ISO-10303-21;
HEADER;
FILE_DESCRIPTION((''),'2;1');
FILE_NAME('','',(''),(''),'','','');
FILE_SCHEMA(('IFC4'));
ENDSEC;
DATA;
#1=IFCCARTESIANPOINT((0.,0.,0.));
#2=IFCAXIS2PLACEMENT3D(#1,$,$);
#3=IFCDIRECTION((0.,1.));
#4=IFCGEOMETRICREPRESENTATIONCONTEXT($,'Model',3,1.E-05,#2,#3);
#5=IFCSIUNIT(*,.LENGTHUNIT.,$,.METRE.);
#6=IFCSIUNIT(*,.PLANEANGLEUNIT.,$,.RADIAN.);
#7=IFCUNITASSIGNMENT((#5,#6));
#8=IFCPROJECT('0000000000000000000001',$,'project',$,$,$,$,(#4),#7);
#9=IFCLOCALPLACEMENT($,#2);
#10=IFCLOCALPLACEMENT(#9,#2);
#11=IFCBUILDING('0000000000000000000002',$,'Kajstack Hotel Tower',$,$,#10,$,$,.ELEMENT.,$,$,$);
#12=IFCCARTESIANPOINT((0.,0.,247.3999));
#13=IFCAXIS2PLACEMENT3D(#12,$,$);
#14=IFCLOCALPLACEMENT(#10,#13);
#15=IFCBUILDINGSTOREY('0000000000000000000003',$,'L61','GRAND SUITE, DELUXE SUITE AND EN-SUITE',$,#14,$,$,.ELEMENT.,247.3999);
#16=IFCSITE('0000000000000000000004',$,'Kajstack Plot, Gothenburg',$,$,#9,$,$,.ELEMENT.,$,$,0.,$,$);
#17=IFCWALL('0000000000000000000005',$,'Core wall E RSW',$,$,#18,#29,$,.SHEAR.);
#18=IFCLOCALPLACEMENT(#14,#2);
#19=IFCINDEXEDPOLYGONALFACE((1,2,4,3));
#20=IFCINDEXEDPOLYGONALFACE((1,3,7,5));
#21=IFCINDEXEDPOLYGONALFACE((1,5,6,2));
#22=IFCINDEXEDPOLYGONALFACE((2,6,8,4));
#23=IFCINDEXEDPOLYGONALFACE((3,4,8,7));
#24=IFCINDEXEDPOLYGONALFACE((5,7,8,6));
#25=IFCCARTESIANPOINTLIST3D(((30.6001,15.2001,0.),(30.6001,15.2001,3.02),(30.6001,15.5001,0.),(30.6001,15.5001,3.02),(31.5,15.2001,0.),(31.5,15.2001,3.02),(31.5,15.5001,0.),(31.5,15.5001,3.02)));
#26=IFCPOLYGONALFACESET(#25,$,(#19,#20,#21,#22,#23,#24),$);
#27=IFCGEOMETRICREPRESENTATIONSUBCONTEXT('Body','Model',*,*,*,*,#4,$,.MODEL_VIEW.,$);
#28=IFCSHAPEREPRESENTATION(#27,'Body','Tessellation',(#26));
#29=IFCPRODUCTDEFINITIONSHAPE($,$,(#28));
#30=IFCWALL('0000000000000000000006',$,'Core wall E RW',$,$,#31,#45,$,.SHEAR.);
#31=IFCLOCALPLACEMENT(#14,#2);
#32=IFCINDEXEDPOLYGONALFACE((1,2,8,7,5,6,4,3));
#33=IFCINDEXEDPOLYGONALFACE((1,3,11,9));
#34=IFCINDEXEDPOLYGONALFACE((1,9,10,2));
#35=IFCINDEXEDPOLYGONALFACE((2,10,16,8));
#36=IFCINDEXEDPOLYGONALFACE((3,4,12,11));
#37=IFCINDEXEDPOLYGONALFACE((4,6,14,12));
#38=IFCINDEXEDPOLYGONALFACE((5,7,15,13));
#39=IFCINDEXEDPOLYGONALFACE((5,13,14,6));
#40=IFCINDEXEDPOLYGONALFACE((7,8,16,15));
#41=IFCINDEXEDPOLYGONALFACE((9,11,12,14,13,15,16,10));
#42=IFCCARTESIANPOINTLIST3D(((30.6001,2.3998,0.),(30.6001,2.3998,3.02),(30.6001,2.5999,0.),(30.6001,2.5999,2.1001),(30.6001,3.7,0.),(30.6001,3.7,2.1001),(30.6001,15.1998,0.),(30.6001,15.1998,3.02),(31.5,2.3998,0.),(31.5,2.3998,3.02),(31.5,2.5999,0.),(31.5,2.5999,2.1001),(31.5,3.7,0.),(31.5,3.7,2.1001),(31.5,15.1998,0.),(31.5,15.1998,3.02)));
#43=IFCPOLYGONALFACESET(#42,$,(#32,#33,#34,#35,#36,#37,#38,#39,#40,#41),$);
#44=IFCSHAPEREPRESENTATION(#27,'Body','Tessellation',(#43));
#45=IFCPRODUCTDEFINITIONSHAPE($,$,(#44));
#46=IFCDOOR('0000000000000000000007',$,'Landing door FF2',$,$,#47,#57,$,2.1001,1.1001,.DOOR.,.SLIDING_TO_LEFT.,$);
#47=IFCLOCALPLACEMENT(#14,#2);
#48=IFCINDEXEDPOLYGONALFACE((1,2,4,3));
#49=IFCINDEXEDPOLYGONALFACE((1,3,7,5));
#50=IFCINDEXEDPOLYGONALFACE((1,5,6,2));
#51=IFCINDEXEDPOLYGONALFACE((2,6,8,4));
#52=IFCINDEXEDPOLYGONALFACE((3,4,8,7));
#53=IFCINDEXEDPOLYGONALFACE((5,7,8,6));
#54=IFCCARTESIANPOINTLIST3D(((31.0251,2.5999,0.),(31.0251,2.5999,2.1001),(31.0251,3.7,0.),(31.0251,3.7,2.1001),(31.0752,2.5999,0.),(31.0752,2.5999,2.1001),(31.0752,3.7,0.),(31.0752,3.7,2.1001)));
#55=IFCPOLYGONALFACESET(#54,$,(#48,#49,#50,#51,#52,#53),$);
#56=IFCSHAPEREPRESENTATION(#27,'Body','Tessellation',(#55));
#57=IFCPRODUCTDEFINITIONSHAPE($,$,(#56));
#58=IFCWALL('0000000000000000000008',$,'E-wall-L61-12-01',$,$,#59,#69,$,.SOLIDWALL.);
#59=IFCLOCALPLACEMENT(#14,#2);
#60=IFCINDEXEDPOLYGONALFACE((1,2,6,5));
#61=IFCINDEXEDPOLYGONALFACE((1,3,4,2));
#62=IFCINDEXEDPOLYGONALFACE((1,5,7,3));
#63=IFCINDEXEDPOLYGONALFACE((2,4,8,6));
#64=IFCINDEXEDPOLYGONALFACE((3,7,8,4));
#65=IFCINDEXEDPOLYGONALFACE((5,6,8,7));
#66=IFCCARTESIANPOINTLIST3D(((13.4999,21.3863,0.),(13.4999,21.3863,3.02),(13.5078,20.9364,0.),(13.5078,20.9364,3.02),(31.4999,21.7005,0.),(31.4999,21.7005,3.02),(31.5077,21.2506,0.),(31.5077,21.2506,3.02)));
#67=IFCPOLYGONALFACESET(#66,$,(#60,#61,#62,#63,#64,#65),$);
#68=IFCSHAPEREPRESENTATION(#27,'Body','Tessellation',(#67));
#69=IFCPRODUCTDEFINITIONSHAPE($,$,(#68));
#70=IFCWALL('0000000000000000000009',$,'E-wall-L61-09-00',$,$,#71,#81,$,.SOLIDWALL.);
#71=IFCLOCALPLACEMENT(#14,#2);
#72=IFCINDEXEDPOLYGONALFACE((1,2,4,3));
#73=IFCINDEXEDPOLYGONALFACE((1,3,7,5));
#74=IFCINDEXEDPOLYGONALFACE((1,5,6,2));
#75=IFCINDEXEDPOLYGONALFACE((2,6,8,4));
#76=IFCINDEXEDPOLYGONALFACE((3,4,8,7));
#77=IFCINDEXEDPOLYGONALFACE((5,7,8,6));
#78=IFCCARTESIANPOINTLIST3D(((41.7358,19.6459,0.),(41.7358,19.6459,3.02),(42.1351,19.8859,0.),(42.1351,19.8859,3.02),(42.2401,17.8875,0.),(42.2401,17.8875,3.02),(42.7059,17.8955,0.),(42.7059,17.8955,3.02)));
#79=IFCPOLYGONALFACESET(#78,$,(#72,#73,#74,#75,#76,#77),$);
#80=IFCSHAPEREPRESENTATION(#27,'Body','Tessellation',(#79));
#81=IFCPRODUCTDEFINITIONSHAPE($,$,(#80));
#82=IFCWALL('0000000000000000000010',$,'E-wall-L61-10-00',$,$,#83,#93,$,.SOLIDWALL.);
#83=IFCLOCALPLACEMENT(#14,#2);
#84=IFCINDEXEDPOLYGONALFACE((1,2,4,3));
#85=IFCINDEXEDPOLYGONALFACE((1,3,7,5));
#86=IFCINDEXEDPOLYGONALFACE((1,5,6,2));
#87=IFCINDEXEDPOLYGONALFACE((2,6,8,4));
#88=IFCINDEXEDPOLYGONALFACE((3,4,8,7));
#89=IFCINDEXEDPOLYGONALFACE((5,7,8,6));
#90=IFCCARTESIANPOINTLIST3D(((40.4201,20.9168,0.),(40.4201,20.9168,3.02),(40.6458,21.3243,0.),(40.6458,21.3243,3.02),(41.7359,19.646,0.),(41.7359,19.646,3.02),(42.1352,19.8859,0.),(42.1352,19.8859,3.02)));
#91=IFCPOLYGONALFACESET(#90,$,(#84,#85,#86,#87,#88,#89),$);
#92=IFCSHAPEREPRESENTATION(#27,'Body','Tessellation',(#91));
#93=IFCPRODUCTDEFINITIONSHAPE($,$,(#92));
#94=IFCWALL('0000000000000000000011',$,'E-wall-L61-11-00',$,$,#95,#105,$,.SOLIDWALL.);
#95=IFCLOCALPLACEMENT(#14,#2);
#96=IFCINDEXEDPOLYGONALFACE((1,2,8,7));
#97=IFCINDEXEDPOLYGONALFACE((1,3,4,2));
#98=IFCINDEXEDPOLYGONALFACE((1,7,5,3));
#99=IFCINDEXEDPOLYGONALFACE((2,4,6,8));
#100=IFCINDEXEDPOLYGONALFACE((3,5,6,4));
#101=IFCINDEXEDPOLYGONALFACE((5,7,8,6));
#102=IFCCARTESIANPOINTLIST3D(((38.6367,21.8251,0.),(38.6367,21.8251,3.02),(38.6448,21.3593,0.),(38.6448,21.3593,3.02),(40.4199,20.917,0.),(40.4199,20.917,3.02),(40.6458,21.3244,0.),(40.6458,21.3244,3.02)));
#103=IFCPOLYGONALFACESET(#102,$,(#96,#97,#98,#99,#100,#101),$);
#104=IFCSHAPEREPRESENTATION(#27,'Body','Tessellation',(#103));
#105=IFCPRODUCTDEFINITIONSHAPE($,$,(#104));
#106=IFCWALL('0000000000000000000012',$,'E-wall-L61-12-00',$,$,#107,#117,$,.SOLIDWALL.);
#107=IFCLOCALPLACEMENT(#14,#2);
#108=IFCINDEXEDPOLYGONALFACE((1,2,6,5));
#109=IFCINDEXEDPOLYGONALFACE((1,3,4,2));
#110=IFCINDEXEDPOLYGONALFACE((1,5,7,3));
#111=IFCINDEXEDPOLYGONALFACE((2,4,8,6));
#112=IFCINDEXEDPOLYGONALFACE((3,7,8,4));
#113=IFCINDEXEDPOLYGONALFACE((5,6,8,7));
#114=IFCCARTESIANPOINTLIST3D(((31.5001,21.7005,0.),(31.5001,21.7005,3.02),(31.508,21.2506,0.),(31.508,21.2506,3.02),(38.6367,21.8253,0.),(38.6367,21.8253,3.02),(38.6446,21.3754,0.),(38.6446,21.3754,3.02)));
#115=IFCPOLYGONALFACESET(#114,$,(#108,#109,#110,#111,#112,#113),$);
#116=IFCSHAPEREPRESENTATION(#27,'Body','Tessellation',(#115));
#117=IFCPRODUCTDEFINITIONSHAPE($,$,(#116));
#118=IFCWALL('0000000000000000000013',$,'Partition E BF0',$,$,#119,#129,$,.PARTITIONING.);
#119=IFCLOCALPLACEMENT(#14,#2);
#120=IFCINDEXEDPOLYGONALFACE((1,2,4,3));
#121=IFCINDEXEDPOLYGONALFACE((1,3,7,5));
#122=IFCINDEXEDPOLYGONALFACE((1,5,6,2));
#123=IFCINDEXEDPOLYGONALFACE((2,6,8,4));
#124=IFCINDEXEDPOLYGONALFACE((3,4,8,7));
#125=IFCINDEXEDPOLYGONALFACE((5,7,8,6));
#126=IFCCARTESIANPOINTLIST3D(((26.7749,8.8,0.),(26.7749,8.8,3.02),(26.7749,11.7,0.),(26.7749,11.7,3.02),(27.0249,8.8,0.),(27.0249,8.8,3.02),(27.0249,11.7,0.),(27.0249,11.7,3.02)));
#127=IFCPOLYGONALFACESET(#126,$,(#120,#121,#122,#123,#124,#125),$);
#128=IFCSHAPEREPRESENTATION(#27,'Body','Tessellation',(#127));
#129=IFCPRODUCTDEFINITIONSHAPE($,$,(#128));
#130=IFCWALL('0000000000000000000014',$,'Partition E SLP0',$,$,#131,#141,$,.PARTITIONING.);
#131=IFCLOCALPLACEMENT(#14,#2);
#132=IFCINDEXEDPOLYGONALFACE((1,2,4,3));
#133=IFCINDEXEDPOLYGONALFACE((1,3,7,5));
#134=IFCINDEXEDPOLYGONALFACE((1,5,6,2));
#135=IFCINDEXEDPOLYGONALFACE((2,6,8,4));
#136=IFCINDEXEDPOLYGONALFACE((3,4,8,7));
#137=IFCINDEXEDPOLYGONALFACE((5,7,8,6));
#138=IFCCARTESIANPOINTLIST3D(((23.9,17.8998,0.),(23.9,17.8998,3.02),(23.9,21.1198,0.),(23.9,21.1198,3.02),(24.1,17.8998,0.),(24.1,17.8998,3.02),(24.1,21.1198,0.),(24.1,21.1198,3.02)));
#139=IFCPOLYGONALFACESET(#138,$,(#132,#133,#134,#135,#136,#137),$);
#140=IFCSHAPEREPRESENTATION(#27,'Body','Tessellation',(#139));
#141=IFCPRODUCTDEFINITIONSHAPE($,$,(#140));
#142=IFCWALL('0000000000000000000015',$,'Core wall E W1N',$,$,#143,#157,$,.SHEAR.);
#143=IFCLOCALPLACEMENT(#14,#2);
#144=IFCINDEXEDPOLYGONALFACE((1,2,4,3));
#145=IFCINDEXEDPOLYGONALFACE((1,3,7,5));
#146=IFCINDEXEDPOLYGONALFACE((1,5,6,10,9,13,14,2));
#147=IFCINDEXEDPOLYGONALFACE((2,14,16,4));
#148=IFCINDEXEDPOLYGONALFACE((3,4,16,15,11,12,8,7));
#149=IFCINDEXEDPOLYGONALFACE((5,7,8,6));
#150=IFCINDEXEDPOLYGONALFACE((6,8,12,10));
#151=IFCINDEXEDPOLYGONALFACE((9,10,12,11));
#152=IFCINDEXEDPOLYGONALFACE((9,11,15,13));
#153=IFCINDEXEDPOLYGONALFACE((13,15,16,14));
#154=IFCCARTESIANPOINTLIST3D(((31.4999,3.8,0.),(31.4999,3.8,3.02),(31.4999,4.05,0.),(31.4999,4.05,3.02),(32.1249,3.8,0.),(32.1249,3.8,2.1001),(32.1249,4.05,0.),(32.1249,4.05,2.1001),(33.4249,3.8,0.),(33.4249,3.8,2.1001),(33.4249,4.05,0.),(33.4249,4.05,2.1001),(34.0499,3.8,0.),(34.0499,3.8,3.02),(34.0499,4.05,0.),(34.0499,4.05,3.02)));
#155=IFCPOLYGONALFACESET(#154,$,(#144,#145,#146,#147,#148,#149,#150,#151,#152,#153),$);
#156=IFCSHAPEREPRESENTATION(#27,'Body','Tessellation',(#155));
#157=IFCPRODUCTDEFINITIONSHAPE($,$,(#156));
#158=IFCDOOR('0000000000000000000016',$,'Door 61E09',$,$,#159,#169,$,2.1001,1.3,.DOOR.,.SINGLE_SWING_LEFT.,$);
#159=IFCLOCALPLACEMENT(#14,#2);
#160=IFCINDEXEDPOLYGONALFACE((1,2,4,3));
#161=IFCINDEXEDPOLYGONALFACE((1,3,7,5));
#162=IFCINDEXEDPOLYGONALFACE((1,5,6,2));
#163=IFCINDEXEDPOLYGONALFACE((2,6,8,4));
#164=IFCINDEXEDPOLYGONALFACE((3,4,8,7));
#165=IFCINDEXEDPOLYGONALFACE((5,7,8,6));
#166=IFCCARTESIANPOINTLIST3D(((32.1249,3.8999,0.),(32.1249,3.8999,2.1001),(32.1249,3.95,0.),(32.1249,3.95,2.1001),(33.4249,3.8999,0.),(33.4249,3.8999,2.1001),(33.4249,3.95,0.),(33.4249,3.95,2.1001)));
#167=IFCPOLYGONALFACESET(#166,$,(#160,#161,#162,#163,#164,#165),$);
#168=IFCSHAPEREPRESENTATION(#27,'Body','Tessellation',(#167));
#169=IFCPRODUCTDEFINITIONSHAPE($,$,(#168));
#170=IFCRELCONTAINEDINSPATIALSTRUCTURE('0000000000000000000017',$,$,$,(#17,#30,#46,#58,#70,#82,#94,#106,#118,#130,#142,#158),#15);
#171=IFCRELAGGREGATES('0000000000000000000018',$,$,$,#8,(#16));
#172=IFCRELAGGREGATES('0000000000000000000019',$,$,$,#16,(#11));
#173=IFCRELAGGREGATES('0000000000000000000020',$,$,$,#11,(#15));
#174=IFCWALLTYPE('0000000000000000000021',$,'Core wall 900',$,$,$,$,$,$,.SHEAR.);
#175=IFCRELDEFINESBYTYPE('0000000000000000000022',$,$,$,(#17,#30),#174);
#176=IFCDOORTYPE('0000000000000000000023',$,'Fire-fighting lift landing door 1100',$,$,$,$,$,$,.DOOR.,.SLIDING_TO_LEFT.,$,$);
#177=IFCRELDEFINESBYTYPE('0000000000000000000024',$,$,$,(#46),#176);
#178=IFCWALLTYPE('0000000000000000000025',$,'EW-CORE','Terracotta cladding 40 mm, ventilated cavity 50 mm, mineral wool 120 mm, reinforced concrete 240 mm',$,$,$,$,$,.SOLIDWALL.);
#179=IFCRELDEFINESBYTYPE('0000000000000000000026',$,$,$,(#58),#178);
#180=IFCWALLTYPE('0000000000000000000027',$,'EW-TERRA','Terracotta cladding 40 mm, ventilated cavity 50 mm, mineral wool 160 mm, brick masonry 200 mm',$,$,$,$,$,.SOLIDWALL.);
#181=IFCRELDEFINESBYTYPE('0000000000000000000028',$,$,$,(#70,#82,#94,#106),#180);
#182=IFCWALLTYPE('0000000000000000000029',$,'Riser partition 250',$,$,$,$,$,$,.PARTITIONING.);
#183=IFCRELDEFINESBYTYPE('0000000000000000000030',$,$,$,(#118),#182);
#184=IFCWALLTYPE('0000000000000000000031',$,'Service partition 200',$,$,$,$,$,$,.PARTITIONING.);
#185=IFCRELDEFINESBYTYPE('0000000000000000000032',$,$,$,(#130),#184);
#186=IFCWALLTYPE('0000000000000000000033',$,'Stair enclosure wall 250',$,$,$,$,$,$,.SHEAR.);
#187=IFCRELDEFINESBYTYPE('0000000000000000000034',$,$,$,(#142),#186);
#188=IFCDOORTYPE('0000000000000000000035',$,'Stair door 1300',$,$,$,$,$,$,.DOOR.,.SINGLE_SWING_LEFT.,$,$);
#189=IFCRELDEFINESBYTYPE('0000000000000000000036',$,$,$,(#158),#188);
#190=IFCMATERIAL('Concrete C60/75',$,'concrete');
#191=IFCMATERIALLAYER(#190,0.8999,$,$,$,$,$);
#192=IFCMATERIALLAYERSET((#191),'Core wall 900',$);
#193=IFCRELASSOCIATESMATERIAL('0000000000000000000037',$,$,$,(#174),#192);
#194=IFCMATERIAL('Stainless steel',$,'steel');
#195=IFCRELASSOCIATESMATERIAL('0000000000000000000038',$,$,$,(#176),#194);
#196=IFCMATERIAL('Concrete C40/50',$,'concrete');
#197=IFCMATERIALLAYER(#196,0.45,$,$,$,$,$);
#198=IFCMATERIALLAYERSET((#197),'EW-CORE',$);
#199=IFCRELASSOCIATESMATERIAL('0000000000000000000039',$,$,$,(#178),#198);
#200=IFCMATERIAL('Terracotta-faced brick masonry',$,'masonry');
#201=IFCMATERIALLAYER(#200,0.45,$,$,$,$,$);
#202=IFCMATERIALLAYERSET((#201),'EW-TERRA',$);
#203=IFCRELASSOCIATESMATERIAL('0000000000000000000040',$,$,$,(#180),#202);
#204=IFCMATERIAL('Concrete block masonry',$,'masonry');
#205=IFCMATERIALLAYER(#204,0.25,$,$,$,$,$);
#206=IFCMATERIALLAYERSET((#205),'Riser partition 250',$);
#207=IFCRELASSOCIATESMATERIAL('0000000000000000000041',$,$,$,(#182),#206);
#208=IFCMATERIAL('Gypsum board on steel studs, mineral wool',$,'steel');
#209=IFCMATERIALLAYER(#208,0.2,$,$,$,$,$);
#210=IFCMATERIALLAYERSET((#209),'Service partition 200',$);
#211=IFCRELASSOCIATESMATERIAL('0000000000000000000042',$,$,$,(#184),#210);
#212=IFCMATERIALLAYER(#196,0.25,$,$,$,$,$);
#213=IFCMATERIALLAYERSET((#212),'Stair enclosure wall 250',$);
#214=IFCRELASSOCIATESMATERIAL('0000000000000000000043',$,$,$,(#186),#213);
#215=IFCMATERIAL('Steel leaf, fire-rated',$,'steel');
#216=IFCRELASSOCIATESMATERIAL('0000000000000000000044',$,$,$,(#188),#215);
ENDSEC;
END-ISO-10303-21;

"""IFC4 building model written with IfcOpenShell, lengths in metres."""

from ifc_helpers import new_model, si_unit, direction, frame, frame_2d, origin, place, context, subcontext, project, spatial, polyline, rectangle, outline, extrude, material, layer, layer_set, type_object, element, fill, save


model = new_model("IFC4")

# Units and contexts
model_context = context("Model", 3, precision=1e-05, world=origin(), true_north=direction((0.0, 1.0)))
body_context = subcontext(model_context, "Body", "Model", "MODEL_VIEW")
ifc_project = project(units=[si_unit("LENGTHUNIT", "METRE"), si_unit("PLANEANGLEUNIT", "RADIAN")], contexts=[model_context])

# Site, building, storey
site_placement = place(None, origin())
site = spatial("IfcSite", under=ifc_project, at=site_placement, Name="Kajstack Plot, Gothenburg", CompositionType="ELEMENT", RefElevation=0.0)
building_placement = place(site_placement, origin())
building = spatial("IfcBuilding", under=site, at=building_placement, Name="Kajstack Hotel Tower", CompositionType="ELEMENT")
storey_placement = place(building_placement, frame((0.0, 0.0, 247.3999)))
storey = spatial("IfcBuildingStorey", under=building, at=storey_placement, Name="L61", Description="GRAND SUITE, DELUXE SUITE AND EN-SUITE", CompositionType="ELEMENT", Elevation=247.3999)

# Wall
ifc_material_1 = material(Name="Concrete C60/75", Category="concrete")
ifc_layer_1 = layer(ifc_material_1, 0.8999)
ifc_layer_set_1 = layer_set([ifc_layer_1], Name="Core wall 900")
wall_type_1 = type_object("IfcWallType", Name="Core wall 900", PredefinedType="SHEAR", material=ifc_layer_set_1)
wall_1_placement = place(storey_placement, frame((30.6001, 15.3501, 0.0), z_axis=(0.0, 0.0, 1.0), x_axis=(1.0, 0.0, 0.0)))
element("IfcWall", 1, at=wall_1_placement, inside=storey, type_object=wall_type_1, Name="Core wall E RSW", PredefinedType="SHEAR", context=body_context, shape_type="SweptSolid", body=[
    extrude(rectangle(XDim=0.8999, YDim=0.3, at=frame_2d((0.45, 0.0))), origin(), (0.0, 0.0, 1.0), 3.02),
])

# Wall, opening, door
wall_2_placement = place(storey_placement, frame((31.05, 2.3999, 0.0), z_axis=(0.0, 0.0, 1.0), x_axis=(0.0, 1.0, 0.0)))
wall_2 = element("IfcWall", 2, at=wall_2_placement, inside=storey, type_object=wall_type_1, Name="Core wall E RW", PredefinedType="SHEAR", context=body_context, shape_type="SweptSolid", body=[
    extrude(rectangle(XDim=12.8, YDim=0.8999, at=frame_2d((6.3999, 0.0))), origin(), (0.0, 0.0, 1.0), 3.02),
])
opening_1_placement = place(wall_2_placement, frame((0.2, 0.0, 0.0)))
opening_1 = element("IfcOpeningElement", 3, at=opening_1_placement, cuts=wall_2, PredefinedType="OPENING", context=body_context, shape_type="SweptSolid", body=[
    extrude(rectangle(XDim=1.1001, YDim=2.1001, at=frame_2d((0.55, 1.05))), frame((0.0, 0.46, 0.0), z_axis=(0.0, -1.0, 0.0), x_axis=(1.0, 0.0, 0.0)), (0.0, 0.0, 1.0), 0.9199),
])
ifc_material_2 = material(Name="Stainless steel", Category="steel")
door_type_1 = type_object("IfcDoorType", Name="Fire-fighting lift landing door 1100", OperationType="SLIDING_TO_LEFT", PredefinedType="DOOR", material=ifc_material_2)
door_1_placement = place(opening_1_placement, origin())
door_1 = element("IfcDoor", 4, at=door_1_placement, inside=storey, type_object=door_type_1, Name="Landing door FF2", OperationType="SLIDING_TO_LEFT", OverallHeight=2.1001, OverallWidth=1.1001, PredefinedType="DOOR", context=body_context, shape_type="SweptSolid", body=[
    extrude(rectangle(XDim=1.1001, YDim=2.1001, at=frame_2d((0.55, 1.05))), frame((0.0, 0.0249, 0.0), z_axis=(0.0, -1.0, 0.0), x_axis=(1.0, 0.0, 0.0)), (0.0, 0.0, 1.0), 0.05),
])
fill(opening_1, door_1)

# Walls
ifc_material_3 = material(Name="Concrete C40/50", Category="concrete")
ifc_layer_2 = layer(ifc_material_3, 0.45)
ifc_layer_set_2 = layer_set([ifc_layer_2], Name="EW-CORE")
wall_type_2 = type_object("IfcWallType", Name="EW-CORE", Description="Terracotta cladding 40 mm, ventilated cavity 50 mm, mineral wool 120 mm, reinforced concrete 240 mm", PredefinedType="SOLIDWALL", material=ifc_layer_set_2)
wall_3_placement = place(storey_placement, frame((31.5039, 21.4756, 0.0), z_axis=(0.0, 0.0, 1.0), x_axis=(-0.999848, -0.017453, 0.0)))
element("IfcWall", 5, at=wall_3_placement, inside=storey, type_object=wall_type_2, Name="E-wall-L61-12-01", PredefinedType="SOLIDWALL", context=body_context, shape_type="SweptSolid", body=[
    extrude(rectangle(XDim=18.0027, YDim=0.45, at=frame_2d((9.0015, 0.0))), origin(), (0.0, 0.0, 1.0), 3.02),
])
ifc_material_4 = material(Name="Terracotta-faced brick masonry", Category="masonry")
ifc_layer_3 = layer(ifc_material_4, 0.45)
ifc_layer_set_3 = layer_set([ifc_layer_3], Name="EW-TERRA")
wall_type_3 = type_object("IfcWallType", Name="EW-TERRA", Description="Terracotta cladding 40 mm, ventilated cavity 50 mm, mineral wool 160 mm, brick masonry 200 mm", PredefinedType="SOLIDWALL", material=ifc_layer_set_3)
wall_4_placement = place(storey_placement, frame((42.4895, 17.8335, 0.0), z_axis=(0.0, 0.0, 1.0), x_axis=(-0.275546, 0.961288, 0.0)))
element("IfcWall", 6, at=wall_4_placement, inside=storey, type_object=wall_type_3, Name="E-wall-L61-09-00", PredefinedType="SOLIDWALL", context=body_context, shape_type="SweptSolid", body=[
    extrude(outline(polyline([(0.0, -0.2251), (2.0706, -0.2249), (1.95, 0.2251), (0.1206, 0.2249), (0.0, -0.2251)])), origin(), (0.0, 0.0, 1.0), 3.02),
])
wall_5_placement = place(storey_placement, frame((41.979, 19.7241, 0.0), z_axis=(0.0, 0.0, 1.0), x_axis=(-0.719379, 0.694618, 0.0)))
element("IfcWall", 7, at=wall_5_placement, inside=storey, type_object=wall_type_3, Name="E-wall-L61-10-00", PredefinedType="SOLIDWALL", context=body_context, shape_type="SweptSolid", body=[
    extrude(outline(polyline([(0.0, -0.2249), (2.0706, -0.2251), (1.95, 0.2249), (0.1206, 0.2251), (0.0, -0.2249)])), origin(), (0.0, 0.0, 1.0), 3.02),
])
wall_6_placement = place(storey_placement, frame((40.5913, 21.106, 0.0), z_axis=(0.0, 0.0, 1.0), x_axis=(-0.970288, 0.241953, 0.0)))
element("IfcWall", 8, at=wall_6_placement, inside=storey, type_object=wall_type_3, Name="E-wall-L61-11-00", PredefinedType="SOLIDWALL", context=body_context, shape_type="SweptSolid", body=[
    extrude(outline(polyline([(0.0, -0.2251), (2.0706, -0.2249), (1.95, 0.2251), (0.1206, 0.2249), (0.0, -0.2251)])), origin(), (0.0, 0.0, 1.0), 3.02),
])
wall_7_placement = place(storey_placement, frame((38.6406, 21.6003, 0.0), z_axis=(0.0, 0.0, 1.0), x_axis=(-0.999847, -0.017478, 0.0)))
element("IfcWall", 9, at=wall_7_placement, inside=storey, type_object=wall_type_3, Name="E-wall-L61-12-00", PredefinedType="SOLIDWALL", context=body_context, shape_type="SweptSolid", body=[
    extrude(rectangle(XDim=7.1377, YDim=0.45, at=frame_2d((3.5688, 0.0))), origin(), (0.0, 0.0, 1.0), 3.02),
])
ifc_material_5 = material(Name="Concrete block masonry", Category="masonry")
ifc_layer_4 = layer(ifc_material_5, 0.25)
ifc_layer_set_4 = layer_set([ifc_layer_4], Name="Riser partition 250")
wall_type_4 = type_object("IfcWallType", Name="Riser partition 250", PredefinedType="PARTITIONING", material=ifc_layer_set_4)
wall_8_placement = place(storey_placement, frame((26.8999, 8.8, 0.0), z_axis=(0.0, 0.0, 1.0), x_axis=(0.0, 1.0, 0.0)))
element("IfcWall", 10, at=wall_8_placement, inside=storey, type_object=wall_type_4, Name="Partition E BF0", PredefinedType="PARTITIONING", context=body_context, shape_type="SweptSolid", body=[
    extrude(rectangle(XDim=2.8999, YDim=0.25, at=frame_2d((1.45, 0.0))), origin(), (0.0, 0.0, 1.0), 3.02),
])
ifc_material_6 = material(Name="Gypsum board on steel studs, mineral wool", Category="steel")
ifc_layer_5 = layer(ifc_material_6, 0.2)
ifc_layer_set_5 = layer_set([ifc_layer_5], Name="Service partition 200")
wall_type_5 = type_object("IfcWallType", Name="Service partition 200", PredefinedType="PARTITIONING", material=ifc_layer_set_5)
wall_9_placement = place(storey_placement, frame((24.0, 17.8999, 0.0), z_axis=(0.0, 0.0, 1.0), x_axis=(0.0, 1.0, 0.0)))
element("IfcWall", 11, at=wall_9_placement, inside=storey, type_object=wall_type_5, Name="Partition E SLP0", PredefinedType="PARTITIONING", context=body_context, shape_type="SweptSolid", body=[
    extrude(rectangle(XDim=3.22, YDim=0.2, at=frame_2d((1.6099, 0.0))), origin(), (0.0, 0.0, 1.0), 3.02),
])

# Wall, opening, door
ifc_layer_6 = layer(ifc_material_3, 0.25)
ifc_layer_set_6 = layer_set([ifc_layer_6], Name="Stair enclosure wall 250")
wall_type_6 = type_object("IfcWallType", Name="Stair enclosure wall 250", PredefinedType="SHEAR", material=ifc_layer_set_6)
wall_10_placement = place(storey_placement, frame((31.5, 3.925, 0.0), z_axis=(0.0, 0.0, 1.0), x_axis=(1.0, 0.0, 0.0)))
wall_10 = element("IfcWall", 12, at=wall_10_placement, inside=storey, type_object=wall_type_6, Name="Core wall E W1N", PredefinedType="SHEAR", context=body_context, shape_type="SweptSolid", body=[
    extrude(rectangle(XDim=2.55, YDim=0.25, at=frame_2d((1.2749, 0.0))), origin(), (0.0, 0.0, 1.0), 3.02),
])
opening_2_placement = place(wall_10_placement, frame((0.625, 0.0, 0.0)))
opening_2 = element("IfcOpeningElement", 13, at=opening_2_placement, cuts=wall_10, PredefinedType="OPENING", context=body_context, shape_type="SweptSolid", body=[
    extrude(rectangle(XDim=1.3, YDim=2.1001, at=frame_2d((0.6499, 1.05))), frame((0.0, 0.135, 0.0), z_axis=(0.0, -1.0, 0.0), x_axis=(1.0, 0.0, 0.0)), (0.0, 0.0, 1.0), 0.27),
])
ifc_material_7 = material(Name="Steel leaf, fire-rated", Category="steel")
door_type_2 = type_object("IfcDoorType", Name="Stair door 1300", OperationType="SINGLE_SWING_LEFT", PredefinedType="DOOR", material=ifc_material_7)
door_2_placement = place(opening_2_placement, origin())
door_2 = element("IfcDoor", 14, at=door_2_placement, inside=storey, type_object=door_type_2, Name="Door 61E09", OperationType="SINGLE_SWING_LEFT", OverallHeight=2.1001, OverallWidth=1.3, PredefinedType="DOOR", context=body_context, shape_type="SweptSolid", body=[
    extrude(rectangle(XDim=1.3, YDim=2.1001, at=frame_2d((0.6499, 1.05))), frame((0.0, 0.0249, 0.0), z_axis=(0.0, -1.0, 0.0), x_axis=(1.0, 0.0, 0.0)), (0.0, 0.0, 1.0), 0.05),
])
fill(opening_2, door_2)

save(model, "model.ifc")
